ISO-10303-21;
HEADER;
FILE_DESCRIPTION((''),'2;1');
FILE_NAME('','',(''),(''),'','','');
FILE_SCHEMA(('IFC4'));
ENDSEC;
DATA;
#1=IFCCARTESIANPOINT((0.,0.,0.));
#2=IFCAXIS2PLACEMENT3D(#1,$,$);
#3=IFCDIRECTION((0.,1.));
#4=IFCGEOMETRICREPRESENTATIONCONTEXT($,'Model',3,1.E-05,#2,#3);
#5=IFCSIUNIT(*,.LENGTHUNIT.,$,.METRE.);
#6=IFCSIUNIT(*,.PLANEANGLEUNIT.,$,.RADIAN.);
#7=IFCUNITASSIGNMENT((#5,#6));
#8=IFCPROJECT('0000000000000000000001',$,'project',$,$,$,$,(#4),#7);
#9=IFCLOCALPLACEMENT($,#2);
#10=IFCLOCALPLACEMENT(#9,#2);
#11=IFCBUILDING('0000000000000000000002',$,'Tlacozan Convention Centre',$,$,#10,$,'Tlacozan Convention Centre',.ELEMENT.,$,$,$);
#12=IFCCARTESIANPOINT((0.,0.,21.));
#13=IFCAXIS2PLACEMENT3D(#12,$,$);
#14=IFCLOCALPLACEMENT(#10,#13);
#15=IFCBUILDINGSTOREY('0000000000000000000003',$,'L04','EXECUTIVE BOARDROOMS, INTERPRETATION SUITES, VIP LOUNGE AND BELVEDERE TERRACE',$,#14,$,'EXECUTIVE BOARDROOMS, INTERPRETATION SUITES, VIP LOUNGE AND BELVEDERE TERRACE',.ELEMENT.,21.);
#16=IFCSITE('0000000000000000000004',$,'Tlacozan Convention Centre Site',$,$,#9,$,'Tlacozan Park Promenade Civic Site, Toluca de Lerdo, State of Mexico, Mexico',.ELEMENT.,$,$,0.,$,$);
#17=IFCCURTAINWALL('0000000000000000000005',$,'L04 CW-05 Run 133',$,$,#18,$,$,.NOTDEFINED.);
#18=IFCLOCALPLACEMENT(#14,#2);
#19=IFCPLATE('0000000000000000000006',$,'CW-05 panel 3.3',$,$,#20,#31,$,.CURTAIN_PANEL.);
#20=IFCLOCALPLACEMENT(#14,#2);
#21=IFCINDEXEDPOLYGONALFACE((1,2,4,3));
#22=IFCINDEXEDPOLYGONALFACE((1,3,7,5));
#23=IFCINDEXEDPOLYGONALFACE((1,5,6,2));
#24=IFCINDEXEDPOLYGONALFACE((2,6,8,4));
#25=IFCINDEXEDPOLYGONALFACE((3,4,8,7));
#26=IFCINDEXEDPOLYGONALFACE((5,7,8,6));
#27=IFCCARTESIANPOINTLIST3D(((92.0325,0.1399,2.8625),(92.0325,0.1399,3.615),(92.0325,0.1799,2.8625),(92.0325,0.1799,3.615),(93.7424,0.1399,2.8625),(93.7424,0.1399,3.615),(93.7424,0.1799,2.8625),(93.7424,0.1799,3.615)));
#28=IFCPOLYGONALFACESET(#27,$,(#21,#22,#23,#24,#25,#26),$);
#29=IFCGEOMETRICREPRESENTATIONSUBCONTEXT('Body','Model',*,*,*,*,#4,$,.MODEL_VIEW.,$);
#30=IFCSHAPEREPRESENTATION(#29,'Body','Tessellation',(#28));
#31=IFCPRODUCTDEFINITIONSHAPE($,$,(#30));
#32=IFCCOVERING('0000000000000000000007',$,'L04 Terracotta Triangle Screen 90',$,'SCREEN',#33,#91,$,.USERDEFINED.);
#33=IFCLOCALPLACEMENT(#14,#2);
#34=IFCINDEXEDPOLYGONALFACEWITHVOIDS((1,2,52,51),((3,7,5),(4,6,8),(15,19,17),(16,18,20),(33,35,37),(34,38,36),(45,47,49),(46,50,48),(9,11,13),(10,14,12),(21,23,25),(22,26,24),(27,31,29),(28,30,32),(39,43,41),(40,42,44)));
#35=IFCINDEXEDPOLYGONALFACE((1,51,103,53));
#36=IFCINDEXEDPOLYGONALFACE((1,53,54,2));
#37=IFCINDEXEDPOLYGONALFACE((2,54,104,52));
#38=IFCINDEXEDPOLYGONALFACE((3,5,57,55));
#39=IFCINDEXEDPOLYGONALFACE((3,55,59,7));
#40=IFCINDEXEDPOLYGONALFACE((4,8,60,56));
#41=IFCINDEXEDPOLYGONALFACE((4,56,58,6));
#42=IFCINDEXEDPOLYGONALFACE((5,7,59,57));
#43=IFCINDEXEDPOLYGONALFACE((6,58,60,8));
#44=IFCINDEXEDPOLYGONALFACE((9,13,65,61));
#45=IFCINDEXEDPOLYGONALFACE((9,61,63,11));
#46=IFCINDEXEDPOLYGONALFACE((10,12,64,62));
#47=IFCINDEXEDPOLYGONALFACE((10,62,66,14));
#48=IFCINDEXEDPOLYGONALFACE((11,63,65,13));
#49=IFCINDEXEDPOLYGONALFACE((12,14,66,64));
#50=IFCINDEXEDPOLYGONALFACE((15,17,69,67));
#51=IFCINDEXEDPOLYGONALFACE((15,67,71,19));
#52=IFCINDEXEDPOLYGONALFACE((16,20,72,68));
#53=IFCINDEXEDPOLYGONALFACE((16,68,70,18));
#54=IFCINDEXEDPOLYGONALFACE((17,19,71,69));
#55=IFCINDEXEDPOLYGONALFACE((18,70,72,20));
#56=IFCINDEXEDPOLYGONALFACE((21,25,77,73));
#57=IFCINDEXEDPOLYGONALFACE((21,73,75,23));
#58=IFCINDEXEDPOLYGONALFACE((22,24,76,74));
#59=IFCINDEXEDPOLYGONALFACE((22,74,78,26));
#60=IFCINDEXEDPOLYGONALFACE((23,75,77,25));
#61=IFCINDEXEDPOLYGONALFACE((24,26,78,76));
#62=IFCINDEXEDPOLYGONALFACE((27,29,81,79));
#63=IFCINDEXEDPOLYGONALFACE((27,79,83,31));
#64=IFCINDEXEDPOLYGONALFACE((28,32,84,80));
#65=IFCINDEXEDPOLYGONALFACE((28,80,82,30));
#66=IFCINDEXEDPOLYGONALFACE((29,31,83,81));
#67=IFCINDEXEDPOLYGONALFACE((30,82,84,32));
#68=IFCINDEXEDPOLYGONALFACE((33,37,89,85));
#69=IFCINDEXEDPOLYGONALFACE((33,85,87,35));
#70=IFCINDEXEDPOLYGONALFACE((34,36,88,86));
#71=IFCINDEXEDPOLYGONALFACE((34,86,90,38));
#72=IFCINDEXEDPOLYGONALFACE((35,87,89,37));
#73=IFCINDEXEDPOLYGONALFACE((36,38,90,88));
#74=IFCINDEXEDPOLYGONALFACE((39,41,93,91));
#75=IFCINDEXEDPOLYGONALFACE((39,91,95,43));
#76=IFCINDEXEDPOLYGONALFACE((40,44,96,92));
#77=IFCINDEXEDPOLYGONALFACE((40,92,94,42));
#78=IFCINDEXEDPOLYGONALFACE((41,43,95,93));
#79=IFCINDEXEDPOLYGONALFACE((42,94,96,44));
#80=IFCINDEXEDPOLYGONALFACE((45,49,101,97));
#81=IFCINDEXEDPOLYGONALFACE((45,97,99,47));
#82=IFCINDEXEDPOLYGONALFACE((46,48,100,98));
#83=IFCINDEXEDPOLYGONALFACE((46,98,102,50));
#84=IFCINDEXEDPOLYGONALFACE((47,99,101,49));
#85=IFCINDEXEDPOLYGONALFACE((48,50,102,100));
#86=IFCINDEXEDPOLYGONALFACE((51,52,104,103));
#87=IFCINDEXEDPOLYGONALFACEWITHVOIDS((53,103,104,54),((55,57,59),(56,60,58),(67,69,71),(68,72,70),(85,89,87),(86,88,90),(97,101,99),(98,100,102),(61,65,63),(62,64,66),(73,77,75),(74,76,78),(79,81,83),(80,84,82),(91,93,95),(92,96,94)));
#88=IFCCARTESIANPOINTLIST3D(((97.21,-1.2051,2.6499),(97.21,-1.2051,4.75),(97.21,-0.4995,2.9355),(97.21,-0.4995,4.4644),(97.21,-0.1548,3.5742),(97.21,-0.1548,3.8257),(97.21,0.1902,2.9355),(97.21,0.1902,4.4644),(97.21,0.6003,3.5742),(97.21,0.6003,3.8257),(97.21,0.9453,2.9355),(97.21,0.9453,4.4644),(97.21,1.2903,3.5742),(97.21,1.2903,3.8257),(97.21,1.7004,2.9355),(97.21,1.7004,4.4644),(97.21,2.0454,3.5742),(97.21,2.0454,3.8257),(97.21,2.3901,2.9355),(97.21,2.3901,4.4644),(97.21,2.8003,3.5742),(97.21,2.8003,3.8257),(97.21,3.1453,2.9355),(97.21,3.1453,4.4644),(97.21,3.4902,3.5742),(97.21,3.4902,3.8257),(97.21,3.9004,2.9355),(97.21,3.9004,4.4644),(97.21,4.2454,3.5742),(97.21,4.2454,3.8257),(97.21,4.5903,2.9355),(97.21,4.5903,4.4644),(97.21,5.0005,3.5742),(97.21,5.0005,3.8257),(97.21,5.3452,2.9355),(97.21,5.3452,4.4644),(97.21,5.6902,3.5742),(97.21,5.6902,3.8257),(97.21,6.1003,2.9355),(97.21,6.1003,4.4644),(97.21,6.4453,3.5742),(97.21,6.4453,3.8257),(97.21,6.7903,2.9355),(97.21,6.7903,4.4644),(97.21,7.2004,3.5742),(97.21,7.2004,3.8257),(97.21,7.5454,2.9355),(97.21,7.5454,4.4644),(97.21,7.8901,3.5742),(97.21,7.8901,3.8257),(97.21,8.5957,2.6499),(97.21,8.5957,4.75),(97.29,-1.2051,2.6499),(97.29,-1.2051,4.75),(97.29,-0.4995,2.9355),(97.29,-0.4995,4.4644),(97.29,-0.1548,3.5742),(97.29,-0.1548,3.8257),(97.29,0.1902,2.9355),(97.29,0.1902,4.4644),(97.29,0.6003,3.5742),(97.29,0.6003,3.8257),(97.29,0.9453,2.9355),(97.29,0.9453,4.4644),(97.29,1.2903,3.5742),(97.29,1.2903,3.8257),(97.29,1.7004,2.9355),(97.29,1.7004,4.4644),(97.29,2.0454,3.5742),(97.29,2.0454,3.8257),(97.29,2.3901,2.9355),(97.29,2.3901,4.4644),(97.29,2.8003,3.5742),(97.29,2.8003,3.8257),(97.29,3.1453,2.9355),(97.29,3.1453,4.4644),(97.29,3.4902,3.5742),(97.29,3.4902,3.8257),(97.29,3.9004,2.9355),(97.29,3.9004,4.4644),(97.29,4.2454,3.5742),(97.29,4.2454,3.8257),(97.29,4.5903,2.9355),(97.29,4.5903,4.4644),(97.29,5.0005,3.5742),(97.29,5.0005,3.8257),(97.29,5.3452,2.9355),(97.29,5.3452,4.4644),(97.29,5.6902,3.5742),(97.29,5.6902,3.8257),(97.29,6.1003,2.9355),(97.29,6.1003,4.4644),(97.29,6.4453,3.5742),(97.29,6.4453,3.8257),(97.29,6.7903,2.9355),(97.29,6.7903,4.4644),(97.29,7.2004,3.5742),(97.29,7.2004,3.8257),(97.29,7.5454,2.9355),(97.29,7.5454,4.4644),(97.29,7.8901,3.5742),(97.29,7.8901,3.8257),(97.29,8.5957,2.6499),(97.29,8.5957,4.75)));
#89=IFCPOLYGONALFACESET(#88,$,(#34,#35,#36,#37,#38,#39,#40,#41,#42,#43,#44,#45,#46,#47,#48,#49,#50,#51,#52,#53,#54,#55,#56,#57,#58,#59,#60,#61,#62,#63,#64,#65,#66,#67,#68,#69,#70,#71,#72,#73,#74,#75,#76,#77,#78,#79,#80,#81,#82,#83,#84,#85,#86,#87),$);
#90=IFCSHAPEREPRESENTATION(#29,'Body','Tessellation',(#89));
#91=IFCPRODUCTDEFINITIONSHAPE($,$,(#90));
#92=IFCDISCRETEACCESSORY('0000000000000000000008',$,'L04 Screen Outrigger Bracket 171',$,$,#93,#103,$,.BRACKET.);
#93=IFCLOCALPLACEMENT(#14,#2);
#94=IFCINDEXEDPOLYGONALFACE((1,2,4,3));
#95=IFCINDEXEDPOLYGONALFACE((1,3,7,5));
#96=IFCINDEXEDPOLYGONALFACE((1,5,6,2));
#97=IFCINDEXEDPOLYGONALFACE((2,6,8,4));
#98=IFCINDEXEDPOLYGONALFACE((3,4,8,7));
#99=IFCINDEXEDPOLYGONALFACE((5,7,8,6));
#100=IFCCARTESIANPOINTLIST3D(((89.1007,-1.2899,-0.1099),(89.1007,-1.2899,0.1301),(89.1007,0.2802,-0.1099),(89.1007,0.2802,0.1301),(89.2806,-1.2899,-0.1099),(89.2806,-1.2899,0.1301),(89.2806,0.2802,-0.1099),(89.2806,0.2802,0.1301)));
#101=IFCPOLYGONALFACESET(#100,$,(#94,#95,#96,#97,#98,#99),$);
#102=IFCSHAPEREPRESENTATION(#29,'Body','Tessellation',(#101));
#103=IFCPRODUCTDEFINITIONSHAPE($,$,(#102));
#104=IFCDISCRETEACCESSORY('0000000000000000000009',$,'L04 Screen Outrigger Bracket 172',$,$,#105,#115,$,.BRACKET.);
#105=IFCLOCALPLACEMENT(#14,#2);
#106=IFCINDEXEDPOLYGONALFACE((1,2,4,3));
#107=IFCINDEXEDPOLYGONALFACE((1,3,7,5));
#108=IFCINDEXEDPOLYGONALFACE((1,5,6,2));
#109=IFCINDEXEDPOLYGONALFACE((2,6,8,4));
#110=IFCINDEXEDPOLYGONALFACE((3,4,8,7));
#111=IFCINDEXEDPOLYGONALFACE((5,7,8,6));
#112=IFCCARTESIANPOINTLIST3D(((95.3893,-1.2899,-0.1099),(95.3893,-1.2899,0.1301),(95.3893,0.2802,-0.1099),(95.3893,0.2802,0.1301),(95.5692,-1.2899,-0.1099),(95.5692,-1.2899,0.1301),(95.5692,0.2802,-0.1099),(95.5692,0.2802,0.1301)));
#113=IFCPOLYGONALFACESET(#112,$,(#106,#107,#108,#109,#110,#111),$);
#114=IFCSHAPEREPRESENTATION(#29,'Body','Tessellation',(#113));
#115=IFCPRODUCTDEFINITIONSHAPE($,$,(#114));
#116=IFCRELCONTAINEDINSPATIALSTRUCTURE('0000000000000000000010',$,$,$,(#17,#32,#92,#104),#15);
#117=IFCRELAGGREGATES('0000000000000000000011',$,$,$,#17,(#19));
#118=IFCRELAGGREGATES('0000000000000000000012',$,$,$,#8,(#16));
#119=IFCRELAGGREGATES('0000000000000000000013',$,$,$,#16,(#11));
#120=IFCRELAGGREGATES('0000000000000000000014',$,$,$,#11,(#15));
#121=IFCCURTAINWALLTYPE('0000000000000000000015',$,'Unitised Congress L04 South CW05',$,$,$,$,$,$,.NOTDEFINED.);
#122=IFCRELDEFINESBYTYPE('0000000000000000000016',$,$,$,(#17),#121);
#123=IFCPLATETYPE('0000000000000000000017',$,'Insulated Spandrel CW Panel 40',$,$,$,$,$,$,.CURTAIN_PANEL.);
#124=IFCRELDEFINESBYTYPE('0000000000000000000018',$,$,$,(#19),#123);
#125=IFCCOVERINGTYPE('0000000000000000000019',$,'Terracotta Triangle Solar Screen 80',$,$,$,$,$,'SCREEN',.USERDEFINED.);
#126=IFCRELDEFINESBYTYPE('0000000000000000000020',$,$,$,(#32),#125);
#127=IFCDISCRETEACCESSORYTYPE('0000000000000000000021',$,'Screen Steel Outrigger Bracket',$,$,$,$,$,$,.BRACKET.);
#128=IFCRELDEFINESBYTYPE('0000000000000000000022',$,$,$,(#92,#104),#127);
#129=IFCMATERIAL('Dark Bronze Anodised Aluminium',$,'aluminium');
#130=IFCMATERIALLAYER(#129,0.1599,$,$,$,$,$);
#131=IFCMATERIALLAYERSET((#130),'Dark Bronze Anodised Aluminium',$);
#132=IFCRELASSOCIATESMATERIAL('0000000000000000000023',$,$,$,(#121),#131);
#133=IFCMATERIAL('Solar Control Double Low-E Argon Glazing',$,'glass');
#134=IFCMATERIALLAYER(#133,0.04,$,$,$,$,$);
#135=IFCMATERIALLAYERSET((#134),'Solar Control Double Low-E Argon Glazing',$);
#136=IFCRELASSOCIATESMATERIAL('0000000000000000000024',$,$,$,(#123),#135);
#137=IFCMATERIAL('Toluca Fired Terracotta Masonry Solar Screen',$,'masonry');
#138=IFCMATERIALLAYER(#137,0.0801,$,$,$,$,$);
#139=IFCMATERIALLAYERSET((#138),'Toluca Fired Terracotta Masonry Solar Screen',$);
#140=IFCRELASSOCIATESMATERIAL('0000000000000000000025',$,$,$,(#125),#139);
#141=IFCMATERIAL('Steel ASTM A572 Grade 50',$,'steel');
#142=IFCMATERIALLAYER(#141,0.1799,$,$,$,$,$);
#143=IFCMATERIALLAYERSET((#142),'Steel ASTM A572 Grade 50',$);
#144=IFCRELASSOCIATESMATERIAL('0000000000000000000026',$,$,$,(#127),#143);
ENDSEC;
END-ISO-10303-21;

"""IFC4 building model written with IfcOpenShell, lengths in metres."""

from ifc_helpers import new_model, si_unit, direction, frame, origin, origin_2d, place, context, subcontext, project, spatial, polyline, rectangle, outline, extrude, material, layer, layer_set, type_object, element, aggregate, save


model = new_model("IFC4")

# Units and contexts
model_context = context("Model", 3, precision=1e-05, world=origin(), true_north=direction((0.0, 1.0)))
body_context = subcontext(model_context, "Body", "Model", "MODEL_VIEW")
ifc_project = project(units=[si_unit("LENGTHUNIT", "METRE"), si_unit("PLANEANGLEUNIT", "RADIAN")], contexts=[model_context])

# Site, building, storey
site_placement = place(None, origin())
site = spatial("IfcSite", under=ifc_project, at=site_placement, Name="Tlacozan Convention Centre Site", LongName="Tlacozan Park Promenade Civic Site, Toluca de Lerdo, State of Mexico, Mexico", CompositionType="ELEMENT", RefElevation=0.0)
building_placement = place(site_placement, origin())
building = spatial("IfcBuilding", under=site, at=building_placement, Name="Tlacozan Convention Centre", LongName="Tlacozan Convention Centre", CompositionType="ELEMENT")
storey_placement = place(building_placement, frame((0.0, 0.0, 21.0)))
storey = spatial("IfcBuildingStorey", under=building, at=storey_placement, Name="L04", Description="EXECUTIVE BOARDROOMS, INTERPRETATION SUITES, VIP LOUNGE AND BELVEDERE TERRACE", LongName="EXECUTIVE BOARDROOMS, INTERPRETATION SUITES, VIP LOUNGE AND BELVEDERE TERRACE", CompositionType="ELEMENT", Elevation=21.0)

# Curtain wall
ifc_material_1 = material(Name="Dark Bronze Anodised Aluminium", Category="aluminium")
ifc_layer_1 = layer(ifc_material_1, 0.1599)
ifc_layer_set_1 = layer_set([ifc_layer_1], Name="Dark Bronze Anodised Aluminium")
curtain_wall_type = type_object("IfcCurtainWallType", Name="Unitised Congress L04 South CW05", PredefinedType="NOTDEFINED", material=ifc_layer_set_1)
curtain_wall_placement = place(storey_placement, origin())
curtain_wall = element("IfcCurtainWall", 1, at=curtain_wall_placement, inside=storey, type_object=curtain_wall_type, Name="L04 CW-05 Run 133", PredefinedType="NOTDEFINED")

# Plate
ifc_material_2 = material(Name="Solar Control Double Low-E Argon Glazing", Category="glass")
ifc_layer_2 = layer(ifc_material_2, 0.04)
ifc_layer_set_2 = layer_set([ifc_layer_2], Name="Solar Control Double Low-E Argon Glazing")
plate_type = type_object("IfcPlateType", Name="Insulated Spandrel CW Panel 40", PredefinedType="CURTAIN_PANEL", material=ifc_layer_set_2)
plate_1_placement = place(storey_placement, frame((92.8875, 0.1599, 2.8625), z_axis=(0.0, 0.0, 1.0), x_axis=(1.0, 0.0, 0.0)))
plate_1 = element("IfcPlate", 2, at=plate_1_placement, type_object=plate_type, Name="CW-05 panel 3.3", PredefinedType="CURTAIN_PANEL", context=body_context, shape_type="SweptSolid", body=[
    extrude(rectangle(XDim=1.71, YDim=0.04, at=origin_2d()), origin(), (0.0, 0.0, 1.0), 0.7524),
])
aggregate(curtain_wall, [plate_1])

# Covering
ifc_material_3 = material(Name="Toluca Fired Terracotta Masonry Solar Screen", Category="masonry")
ifc_layer_3 = layer(ifc_material_3, 0.0801)
ifc_layer_set_3 = layer_set([ifc_layer_3], Name="Toluca Fired Terracotta Masonry Solar Screen")
covering_type = type_object("IfcCoveringType", Name="Terracotta Triangle Solar Screen 80", ElementType="SCREEN", PredefinedType="USERDEFINED", material=ifc_layer_set_3)
covering_placement = place(storey_placement, frame((97.25, -1.2051, 2.6499), z_axis=(0.0, 0.0, 1.0), x_axis=(0.0, 1.0, 0.0)))
element("IfcCovering", 3, at=covering_placement, inside=storey, type_object=covering_type, Name="L04 Terracotta Triangle Screen 90", ObjectType="SCREEN", PredefinedType="USERDEFINED", context=body_context, shape_type="SweptSolid", body=[
    extrude(outline(polyline([(0.0, 0.0), (9.8008, 0.0), (9.8008, 2.1001), (0.0, 2.1001), (0.0, 0.0)]), holes=[polyline([(0.7056, 0.2856), (1.3953, 0.2856), (1.0503, 0.9243), (0.7056, 0.2856)]), polyline([(1.8054, 0.9243), (2.4954, 0.9243), (2.1504, 0.2856), (1.8054, 0.9243)]), polyline([(2.9055, 0.2856), (3.5952, 0.2856), (3.2505, 0.9243), (2.9055, 0.2856)]), polyline([(4.0054, 0.9243), (4.6953, 0.9243), (4.3503, 0.2856), (4.0054, 0.9243)]), polyline([(5.1055, 0.2856), (5.7954, 0.2856), (5.4504, 0.9243), (5.1055, 0.2856)]), polyline([(6.2056, 0.9243), (6.8953, 0.9243), (6.5503, 0.2856), (6.2056, 0.9243)]), polyline([(7.3054, 0.2856), (7.9954, 0.2856), (7.6504, 0.9243), (7.3054, 0.2856)]), polyline([(8.4055, 0.9243), (9.0952, 0.9243), (8.7505, 0.2856), (8.4055, 0.9243)]), polyline([(0.7056, 1.8145), (1.3953, 1.8145), (1.0503, 1.1758), (0.7056, 1.8145)]), polyline([(1.8054, 1.1758), (2.4954, 1.1758), (2.1504, 1.8145), (1.8054, 1.1758)]), polyline([(2.9055, 1.8145), (3.5952, 1.8145), (3.2505, 1.1758), (2.9055, 1.8145)]), polyline([(4.0054, 1.1758), (4.6953, 1.1758), (4.3503, 1.8145), (4.0054, 1.1758)]), polyline([(5.1055, 1.8145), (5.7954, 1.8145), (5.4504, 1.1758), (5.1055, 1.8145)]), polyline([(6.2056, 1.1758), (6.8953, 1.1758), (6.5503, 1.8145), (6.2056, 1.1758)]), polyline([(7.3054, 1.8145), (7.9954, 1.8145), (7.6504, 1.1758), (7.3054, 1.8145)]), polyline([(8.4055, 1.1758), (9.0952, 1.1758), (8.7505, 1.8145), (8.4055, 1.1758)])]), frame((0.0, 0.04, 0.0), z_axis=(0.0, -1.0, 0.0), x_axis=(1.0, 0.0, 0.0)), (0.0, 0.0, 1.0), 0.0801),
])

# Discrete accessories
ifc_material_4 = material(Name="Steel ASTM A572 Grade 50", Category="steel")
ifc_layer_4 = layer(ifc_material_4, 0.1799)
ifc_layer_set_4 = layer_set([ifc_layer_4], Name="Steel ASTM A572 Grade 50")
discrete_accessory_type = type_object("IfcDiscreteAccessoryType", Name="Screen Steel Outrigger Bracket", PredefinedType="BRACKET", material=ifc_layer_set_4)
for number, where, z_axis, x_axis, name in (
    (4, (89.1907, -0.5049, -0.1099), (0.0, 0.0, 1.0), (0.0, 1.0, 0.0), "L04 Screen Outrigger Bracket 171"),
    (5, (95.4792, -0.5049, -0.1099), (0.0, 0.0, 1.0), (0.0, 1.0, 0.0), "L04 Screen Outrigger Bracket 172"),
):
    element("IfcDiscreteAccessory", number, at=place(storey_placement, frame(where, z_axis=z_axis, x_axis=x_axis)), inside=storey, type_object=discrete_accessory_type, Name=name, PredefinedType="BRACKET", context=body_context, shape_type="SweptSolid", body=[
        extrude(rectangle(XDim=1.5701, YDim=0.1799, at=origin_2d()), origin(), (0.0, 0.0, 1.0), 0.24),
    ])

save(model, "model.ifc")
